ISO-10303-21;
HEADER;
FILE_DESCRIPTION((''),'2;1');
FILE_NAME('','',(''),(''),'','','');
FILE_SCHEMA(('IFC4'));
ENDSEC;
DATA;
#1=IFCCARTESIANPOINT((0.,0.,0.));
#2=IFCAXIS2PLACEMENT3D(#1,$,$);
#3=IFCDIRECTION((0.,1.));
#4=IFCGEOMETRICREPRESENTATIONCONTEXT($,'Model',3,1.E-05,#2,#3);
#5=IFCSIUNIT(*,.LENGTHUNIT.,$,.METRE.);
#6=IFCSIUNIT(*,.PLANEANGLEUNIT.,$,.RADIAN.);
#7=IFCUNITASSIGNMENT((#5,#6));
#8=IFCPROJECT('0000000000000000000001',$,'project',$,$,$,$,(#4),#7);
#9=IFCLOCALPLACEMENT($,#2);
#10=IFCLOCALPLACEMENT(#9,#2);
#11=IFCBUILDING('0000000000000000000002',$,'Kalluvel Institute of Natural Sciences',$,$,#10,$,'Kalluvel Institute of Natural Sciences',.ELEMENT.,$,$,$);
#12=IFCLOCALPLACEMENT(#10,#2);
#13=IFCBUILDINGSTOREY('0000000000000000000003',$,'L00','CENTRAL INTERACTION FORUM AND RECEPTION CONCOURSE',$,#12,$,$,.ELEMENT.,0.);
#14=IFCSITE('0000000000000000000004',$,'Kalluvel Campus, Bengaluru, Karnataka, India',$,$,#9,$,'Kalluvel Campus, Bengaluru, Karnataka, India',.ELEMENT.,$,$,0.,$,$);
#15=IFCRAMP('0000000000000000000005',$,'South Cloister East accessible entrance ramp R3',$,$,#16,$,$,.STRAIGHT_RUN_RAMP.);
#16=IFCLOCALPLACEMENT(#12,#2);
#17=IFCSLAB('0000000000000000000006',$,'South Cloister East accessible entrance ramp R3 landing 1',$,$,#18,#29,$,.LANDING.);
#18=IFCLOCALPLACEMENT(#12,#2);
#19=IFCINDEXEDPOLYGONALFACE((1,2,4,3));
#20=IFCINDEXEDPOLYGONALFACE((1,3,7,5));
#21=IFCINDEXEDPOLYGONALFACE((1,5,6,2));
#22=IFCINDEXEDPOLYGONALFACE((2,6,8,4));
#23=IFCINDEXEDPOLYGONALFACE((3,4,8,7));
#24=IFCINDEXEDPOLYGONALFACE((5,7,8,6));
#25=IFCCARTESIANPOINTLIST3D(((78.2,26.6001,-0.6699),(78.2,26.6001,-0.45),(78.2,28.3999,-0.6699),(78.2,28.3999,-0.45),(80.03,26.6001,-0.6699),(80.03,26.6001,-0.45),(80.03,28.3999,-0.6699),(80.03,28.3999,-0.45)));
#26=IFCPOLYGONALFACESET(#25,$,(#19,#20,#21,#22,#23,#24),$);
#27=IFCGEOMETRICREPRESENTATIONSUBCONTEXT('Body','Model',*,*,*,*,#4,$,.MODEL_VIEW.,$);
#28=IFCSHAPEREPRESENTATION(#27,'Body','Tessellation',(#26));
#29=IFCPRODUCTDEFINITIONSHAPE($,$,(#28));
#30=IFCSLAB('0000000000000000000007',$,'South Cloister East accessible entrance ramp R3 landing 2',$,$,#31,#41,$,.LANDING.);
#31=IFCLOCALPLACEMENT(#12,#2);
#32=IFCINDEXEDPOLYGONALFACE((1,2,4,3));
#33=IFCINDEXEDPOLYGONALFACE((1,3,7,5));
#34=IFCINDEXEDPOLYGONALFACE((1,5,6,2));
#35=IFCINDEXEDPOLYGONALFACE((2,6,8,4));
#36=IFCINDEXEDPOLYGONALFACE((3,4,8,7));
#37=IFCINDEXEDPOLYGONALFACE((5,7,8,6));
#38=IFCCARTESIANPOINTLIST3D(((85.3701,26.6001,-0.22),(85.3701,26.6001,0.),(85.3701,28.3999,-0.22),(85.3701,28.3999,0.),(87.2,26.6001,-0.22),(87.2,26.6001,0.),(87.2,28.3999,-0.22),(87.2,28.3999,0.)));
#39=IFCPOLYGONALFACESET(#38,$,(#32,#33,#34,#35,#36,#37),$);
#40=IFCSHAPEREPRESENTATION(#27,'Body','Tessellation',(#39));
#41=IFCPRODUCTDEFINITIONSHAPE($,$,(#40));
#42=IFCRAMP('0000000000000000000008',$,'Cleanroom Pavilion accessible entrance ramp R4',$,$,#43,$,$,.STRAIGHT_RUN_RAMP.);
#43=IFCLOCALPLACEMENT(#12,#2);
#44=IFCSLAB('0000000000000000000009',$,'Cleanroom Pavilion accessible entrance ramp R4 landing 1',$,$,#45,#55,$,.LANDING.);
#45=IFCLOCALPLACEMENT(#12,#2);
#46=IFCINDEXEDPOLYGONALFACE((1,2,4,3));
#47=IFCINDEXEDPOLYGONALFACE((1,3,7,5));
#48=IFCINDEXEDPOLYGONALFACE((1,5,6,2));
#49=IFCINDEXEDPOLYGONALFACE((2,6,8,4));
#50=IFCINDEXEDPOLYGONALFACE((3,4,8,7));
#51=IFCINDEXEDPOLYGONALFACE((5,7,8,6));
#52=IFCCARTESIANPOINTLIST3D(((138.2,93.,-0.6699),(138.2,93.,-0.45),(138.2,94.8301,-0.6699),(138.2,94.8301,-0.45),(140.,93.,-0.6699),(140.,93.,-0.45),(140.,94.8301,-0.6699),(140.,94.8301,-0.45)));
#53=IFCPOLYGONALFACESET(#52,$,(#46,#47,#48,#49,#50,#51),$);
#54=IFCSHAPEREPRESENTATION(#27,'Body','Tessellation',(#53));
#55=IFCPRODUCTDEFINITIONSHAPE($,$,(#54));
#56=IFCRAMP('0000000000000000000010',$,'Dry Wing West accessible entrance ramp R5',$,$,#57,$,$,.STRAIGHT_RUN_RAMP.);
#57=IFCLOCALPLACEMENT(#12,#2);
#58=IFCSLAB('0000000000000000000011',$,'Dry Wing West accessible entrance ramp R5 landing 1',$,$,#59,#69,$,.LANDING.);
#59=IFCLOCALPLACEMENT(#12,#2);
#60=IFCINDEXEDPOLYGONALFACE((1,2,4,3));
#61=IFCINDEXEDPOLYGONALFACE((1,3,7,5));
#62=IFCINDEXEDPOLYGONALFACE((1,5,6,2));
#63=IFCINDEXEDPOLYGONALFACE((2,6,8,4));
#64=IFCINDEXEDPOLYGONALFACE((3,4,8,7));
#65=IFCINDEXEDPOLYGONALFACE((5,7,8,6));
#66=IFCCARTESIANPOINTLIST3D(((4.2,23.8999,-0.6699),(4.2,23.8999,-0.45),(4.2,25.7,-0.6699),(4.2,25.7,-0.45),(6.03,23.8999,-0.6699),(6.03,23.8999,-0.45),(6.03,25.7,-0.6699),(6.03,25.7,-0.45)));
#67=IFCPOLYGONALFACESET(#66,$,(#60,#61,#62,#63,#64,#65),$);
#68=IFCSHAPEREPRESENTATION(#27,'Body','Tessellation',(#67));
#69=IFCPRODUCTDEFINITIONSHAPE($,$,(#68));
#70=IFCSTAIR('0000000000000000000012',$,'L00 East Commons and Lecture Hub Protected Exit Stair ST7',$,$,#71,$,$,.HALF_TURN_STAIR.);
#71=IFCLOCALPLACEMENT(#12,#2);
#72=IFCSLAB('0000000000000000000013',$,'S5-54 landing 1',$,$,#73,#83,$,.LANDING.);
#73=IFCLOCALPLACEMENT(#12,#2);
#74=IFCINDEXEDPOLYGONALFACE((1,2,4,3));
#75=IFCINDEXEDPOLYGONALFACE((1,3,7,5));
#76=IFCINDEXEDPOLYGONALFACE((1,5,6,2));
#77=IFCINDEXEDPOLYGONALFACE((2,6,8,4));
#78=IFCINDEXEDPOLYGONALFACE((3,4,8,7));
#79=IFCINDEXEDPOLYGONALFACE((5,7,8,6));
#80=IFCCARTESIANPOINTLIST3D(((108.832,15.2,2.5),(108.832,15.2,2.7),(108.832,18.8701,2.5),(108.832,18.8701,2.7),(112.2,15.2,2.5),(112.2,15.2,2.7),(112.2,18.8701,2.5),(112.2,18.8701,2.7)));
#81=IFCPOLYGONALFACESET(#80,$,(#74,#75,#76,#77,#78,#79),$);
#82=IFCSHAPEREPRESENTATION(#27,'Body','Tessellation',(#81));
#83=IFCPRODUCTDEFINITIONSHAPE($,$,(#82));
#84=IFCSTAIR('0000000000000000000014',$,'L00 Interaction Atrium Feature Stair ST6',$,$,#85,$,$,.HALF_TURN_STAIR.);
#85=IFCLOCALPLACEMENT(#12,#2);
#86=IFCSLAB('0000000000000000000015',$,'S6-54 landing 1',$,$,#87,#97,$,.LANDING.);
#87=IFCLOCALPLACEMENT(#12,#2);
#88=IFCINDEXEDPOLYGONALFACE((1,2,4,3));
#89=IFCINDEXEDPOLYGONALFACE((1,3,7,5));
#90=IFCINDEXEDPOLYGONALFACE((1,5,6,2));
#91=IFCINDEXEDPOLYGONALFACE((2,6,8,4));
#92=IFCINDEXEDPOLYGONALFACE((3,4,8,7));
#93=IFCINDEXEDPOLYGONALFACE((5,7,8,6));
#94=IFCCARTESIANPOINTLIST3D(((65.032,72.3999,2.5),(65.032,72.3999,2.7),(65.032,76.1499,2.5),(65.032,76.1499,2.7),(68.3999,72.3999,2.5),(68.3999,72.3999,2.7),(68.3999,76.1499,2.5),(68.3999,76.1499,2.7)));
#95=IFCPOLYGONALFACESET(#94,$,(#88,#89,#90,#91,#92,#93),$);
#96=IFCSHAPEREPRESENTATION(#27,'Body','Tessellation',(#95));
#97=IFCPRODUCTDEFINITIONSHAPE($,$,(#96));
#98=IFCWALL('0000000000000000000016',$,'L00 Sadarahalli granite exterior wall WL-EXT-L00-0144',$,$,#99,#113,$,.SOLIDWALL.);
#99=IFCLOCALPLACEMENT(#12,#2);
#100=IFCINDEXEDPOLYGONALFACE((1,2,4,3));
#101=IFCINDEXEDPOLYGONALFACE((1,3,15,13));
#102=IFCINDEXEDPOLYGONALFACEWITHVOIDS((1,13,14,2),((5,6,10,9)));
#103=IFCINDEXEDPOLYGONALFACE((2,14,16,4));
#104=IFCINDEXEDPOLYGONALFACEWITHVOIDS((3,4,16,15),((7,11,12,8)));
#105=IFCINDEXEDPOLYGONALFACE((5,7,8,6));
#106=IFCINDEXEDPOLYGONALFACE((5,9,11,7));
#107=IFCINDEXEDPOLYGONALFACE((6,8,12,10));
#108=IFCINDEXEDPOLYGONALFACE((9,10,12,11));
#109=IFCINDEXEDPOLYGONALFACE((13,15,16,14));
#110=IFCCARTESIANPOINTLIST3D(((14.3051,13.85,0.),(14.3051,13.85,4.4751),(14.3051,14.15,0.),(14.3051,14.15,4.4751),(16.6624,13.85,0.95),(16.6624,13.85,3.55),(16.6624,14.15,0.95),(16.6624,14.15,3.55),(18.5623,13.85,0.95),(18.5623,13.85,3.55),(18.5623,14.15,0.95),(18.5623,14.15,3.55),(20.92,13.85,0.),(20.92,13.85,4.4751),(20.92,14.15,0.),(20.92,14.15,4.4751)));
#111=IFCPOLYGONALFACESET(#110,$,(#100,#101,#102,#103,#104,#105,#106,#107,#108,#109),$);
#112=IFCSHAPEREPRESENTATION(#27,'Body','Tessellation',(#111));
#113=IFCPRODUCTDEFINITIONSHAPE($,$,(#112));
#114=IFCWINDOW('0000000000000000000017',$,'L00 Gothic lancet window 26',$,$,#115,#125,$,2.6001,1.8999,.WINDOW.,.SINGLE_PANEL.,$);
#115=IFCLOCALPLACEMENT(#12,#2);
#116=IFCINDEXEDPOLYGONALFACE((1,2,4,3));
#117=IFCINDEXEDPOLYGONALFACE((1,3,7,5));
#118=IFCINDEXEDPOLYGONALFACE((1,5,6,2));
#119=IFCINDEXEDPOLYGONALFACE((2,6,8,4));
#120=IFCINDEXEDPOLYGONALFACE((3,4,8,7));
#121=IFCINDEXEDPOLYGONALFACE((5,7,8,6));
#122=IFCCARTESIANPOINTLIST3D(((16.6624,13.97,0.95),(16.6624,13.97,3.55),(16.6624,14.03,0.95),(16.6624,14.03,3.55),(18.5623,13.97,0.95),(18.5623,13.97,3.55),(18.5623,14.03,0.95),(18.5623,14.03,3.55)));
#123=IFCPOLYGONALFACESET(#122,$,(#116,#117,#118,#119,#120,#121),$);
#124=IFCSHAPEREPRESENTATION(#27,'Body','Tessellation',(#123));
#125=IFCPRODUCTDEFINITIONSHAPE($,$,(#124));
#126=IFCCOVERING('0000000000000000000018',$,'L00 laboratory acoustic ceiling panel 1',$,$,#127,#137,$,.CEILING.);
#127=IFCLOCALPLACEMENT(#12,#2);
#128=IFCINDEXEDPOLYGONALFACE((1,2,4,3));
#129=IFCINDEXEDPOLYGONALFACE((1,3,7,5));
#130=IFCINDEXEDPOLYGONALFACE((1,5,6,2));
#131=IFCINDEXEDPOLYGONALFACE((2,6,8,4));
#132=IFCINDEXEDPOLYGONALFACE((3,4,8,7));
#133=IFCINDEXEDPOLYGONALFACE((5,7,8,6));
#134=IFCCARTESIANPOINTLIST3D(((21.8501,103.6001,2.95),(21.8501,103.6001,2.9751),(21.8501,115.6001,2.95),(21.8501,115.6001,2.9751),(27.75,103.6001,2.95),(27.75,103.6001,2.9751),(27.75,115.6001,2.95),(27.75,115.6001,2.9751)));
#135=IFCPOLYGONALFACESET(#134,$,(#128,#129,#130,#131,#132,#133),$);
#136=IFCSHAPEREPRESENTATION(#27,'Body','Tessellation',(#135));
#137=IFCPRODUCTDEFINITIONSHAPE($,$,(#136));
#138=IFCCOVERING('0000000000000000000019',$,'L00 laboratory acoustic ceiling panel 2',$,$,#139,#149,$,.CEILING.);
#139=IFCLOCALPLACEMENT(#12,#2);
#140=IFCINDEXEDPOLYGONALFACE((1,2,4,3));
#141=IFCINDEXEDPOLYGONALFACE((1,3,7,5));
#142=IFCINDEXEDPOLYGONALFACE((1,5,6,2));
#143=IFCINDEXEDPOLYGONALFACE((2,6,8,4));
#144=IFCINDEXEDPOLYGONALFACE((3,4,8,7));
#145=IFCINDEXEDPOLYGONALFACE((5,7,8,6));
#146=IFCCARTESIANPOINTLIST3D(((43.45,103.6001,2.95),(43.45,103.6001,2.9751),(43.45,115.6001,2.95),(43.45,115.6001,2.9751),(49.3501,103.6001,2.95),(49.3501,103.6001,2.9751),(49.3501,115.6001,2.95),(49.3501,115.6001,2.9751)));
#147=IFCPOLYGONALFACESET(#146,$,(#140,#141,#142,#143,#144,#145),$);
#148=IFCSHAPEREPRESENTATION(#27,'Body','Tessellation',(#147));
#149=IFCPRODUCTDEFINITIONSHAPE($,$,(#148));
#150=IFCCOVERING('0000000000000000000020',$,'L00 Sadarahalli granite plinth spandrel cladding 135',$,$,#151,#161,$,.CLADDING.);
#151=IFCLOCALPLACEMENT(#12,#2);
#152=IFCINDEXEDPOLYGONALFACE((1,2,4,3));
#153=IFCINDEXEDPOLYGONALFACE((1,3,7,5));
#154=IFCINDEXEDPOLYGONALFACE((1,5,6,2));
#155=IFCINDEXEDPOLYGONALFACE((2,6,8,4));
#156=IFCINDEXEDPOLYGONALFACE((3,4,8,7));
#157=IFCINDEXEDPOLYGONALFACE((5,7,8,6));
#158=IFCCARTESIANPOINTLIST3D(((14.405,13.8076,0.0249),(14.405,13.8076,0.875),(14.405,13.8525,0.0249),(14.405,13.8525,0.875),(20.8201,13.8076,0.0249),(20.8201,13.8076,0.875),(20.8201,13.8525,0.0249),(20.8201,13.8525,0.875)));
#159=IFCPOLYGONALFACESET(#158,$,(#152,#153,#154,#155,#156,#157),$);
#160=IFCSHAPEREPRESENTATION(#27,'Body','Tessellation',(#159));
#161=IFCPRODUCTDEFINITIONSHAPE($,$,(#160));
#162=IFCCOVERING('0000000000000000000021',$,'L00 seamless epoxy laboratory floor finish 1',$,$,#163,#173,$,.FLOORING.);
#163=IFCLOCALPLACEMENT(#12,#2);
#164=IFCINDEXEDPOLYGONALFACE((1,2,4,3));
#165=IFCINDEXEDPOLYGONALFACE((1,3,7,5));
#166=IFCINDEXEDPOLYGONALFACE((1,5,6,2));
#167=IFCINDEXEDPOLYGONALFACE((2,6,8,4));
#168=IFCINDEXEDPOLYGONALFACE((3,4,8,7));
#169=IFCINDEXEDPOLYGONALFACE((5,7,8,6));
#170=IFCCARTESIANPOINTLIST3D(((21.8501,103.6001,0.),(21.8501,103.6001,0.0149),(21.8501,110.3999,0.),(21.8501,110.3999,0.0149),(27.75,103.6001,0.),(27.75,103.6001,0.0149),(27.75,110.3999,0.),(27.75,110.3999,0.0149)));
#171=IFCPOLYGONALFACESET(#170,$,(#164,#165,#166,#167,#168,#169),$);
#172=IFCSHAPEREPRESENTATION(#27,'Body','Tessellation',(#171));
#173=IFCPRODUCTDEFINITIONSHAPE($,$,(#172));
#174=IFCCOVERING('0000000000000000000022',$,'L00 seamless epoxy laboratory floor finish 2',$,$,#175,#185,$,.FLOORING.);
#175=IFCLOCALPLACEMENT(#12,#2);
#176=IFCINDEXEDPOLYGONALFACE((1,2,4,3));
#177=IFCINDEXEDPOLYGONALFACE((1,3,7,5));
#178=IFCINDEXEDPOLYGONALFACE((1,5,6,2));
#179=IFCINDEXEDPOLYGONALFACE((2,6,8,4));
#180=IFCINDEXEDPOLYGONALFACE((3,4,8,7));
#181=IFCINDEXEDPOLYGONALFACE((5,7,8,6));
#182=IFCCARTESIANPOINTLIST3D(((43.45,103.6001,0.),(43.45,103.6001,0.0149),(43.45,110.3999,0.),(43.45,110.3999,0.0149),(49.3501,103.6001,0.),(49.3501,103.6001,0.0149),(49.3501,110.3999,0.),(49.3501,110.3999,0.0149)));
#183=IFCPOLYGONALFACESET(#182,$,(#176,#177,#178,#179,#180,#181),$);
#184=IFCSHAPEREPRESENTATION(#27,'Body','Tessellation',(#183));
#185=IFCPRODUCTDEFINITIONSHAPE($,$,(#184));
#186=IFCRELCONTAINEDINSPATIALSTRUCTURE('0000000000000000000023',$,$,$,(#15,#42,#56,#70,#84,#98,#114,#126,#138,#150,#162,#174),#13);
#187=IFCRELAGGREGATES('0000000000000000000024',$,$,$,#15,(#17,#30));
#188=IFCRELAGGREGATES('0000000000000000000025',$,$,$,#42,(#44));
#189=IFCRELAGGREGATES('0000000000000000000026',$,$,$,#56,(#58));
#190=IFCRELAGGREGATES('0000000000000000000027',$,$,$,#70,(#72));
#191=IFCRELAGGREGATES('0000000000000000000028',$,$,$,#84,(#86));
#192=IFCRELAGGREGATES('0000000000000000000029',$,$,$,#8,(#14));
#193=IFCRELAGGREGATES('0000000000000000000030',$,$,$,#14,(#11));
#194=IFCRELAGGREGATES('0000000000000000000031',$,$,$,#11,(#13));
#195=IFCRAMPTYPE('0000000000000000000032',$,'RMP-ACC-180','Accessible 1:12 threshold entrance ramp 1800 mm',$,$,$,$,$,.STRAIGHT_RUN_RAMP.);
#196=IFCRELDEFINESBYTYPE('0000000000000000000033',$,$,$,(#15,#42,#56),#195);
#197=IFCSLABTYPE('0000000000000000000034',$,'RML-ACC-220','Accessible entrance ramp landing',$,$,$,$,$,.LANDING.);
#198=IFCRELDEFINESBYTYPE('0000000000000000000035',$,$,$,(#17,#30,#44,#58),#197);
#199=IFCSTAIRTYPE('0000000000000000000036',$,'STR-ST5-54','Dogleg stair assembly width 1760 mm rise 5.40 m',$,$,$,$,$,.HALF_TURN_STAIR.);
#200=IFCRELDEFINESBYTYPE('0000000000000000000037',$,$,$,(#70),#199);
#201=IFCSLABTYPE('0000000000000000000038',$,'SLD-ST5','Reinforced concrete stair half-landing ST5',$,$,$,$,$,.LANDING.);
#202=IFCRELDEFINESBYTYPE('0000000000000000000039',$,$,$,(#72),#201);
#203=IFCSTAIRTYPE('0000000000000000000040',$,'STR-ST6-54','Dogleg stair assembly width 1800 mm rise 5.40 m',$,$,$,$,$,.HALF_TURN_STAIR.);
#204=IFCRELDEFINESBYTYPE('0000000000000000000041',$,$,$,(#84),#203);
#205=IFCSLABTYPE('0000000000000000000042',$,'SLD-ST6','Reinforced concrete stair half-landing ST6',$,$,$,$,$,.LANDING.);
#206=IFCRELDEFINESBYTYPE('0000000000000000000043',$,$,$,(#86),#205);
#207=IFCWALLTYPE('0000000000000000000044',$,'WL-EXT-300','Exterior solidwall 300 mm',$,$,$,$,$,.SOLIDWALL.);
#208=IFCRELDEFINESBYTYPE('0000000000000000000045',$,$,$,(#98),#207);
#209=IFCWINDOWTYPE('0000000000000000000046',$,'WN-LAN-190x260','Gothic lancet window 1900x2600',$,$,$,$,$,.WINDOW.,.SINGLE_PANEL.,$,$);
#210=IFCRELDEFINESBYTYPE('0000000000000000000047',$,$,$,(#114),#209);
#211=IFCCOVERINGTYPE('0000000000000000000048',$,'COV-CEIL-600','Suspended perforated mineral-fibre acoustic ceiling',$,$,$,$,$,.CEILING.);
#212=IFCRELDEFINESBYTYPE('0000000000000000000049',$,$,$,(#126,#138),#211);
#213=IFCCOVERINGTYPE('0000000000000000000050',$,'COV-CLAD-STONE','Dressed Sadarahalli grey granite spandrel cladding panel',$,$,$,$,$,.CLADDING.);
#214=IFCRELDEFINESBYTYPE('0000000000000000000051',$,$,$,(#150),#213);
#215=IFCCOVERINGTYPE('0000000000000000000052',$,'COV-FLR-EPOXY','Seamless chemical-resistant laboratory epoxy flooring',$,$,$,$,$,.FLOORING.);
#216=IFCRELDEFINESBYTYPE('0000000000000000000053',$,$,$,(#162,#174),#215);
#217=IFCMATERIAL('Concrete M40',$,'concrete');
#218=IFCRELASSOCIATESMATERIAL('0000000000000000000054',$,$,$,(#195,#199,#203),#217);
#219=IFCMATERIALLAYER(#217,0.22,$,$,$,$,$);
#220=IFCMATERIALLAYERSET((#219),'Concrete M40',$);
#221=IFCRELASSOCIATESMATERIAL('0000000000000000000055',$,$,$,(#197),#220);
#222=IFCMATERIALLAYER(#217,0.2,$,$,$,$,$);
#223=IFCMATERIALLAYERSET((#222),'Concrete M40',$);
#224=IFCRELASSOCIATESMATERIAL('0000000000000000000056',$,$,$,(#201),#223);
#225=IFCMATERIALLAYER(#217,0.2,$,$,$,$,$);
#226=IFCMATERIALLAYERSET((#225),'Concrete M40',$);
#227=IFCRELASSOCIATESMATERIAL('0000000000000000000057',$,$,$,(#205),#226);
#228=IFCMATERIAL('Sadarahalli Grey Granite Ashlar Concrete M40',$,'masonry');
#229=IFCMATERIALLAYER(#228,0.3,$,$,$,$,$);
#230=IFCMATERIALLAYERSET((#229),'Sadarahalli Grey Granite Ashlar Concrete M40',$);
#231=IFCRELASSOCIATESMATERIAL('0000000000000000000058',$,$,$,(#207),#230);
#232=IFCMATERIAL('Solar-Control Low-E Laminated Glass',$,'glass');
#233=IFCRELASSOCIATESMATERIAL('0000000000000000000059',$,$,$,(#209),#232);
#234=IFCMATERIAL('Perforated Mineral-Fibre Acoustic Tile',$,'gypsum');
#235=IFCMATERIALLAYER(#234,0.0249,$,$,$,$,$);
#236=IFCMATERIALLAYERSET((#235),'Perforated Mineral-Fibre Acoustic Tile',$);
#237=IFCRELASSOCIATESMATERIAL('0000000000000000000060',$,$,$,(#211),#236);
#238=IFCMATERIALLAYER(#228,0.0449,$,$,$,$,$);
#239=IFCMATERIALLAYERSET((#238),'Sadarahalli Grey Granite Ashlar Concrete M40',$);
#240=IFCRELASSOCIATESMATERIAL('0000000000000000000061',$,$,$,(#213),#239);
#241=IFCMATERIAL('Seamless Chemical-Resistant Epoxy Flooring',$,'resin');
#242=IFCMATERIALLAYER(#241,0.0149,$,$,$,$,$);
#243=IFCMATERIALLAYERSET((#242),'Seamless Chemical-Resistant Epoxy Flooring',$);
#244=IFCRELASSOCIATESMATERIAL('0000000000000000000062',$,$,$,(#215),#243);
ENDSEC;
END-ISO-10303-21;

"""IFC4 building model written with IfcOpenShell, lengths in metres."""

from ifc_helpers import new_model, si_unit, direction, frame, frame_2d, origin, origin_2d, place, context, subcontext, project, spatial, polyline, rectangle, outline, extrude, material, layer, layer_set, type_object, element, fill, aggregate, save


model = new_model("IFC4")

# Units and contexts
model_context = context("Model", 3, precision=1e-05, world=origin(), true_north=direction((0.0, 1.0)))
body_context = subcontext(model_context, "Body", "Model", "MODEL_VIEW")
ifc_project = project(units=[si_unit("LENGTHUNIT", "METRE"), si_unit("PLANEANGLEUNIT", "RADIAN")], contexts=[model_context])

# Site, building, storey
site_placement = place(None, origin())
site = spatial("IfcSite", under=ifc_project, at=site_placement, Name="Kalluvel Campus, Bengaluru, Karnataka, India", LongName="Kalluvel Campus, Bengaluru, Karnataka, India", CompositionType="ELEMENT", RefElevation=0.0)
building_placement = place(site_placement, origin())
building = spatial("IfcBuilding", under=site, at=building_placement, Name="Kalluvel Institute of Natural Sciences", LongName="Kalluvel Institute of Natural Sciences", CompositionType="ELEMENT")
storey_placement = place(building_placement, origin())
storey = spatial("IfcBuildingStorey", under=building, at=storey_placement, Name="L00", Description="CENTRAL INTERACTION FORUM AND RECEPTION CONCOURSE", CompositionType="ELEMENT", Elevation=0.0)

# Shared definitions
ifc_material_1 = material(Name="Concrete M40", Category="concrete")

# Shared definitions
ifc_material_2 = material(Name="Solar-Control Low-E Laminated Glass", Category="glass")

# Ramp, slabs
ramp_type = type_object("IfcRampType", Name="RMP-ACC-180", Description="Accessible 1:12 threshold entrance ramp 1800 mm", PredefinedType="STRAIGHT_RUN_RAMP", material=ifc_material_1)
ifc_layer_1 = layer(ifc_material_1, 0.22)
ifc_layer_set_1 = layer_set([ifc_layer_1], Name="Concrete M40")
slab_type_1 = type_object("IfcSlabType", Name="RML-ACC-220", Description="Accessible entrance ramp landing", PredefinedType="LANDING", material=ifc_layer_set_1)
ramp_1_placement = place(storey_placement, origin())
ramp_1 = element("IfcRamp", 1, at=ramp_1_placement, inside=storey, type_object=ramp_type, Name="South Cloister East accessible entrance ramp R3", PredefinedType="STRAIGHT_RUN_RAMP")
slab_1_placement = place(storey_placement, frame((0.0, 0.0, -0.6699)))
slab_1 = element("IfcSlab", 2, at=slab_1_placement, type_object=slab_type_1, Name="South Cloister East accessible entrance ramp R3 landing 1", PredefinedType="LANDING", context=body_context, shape_type="SweptSolid", body=[
    extrude(outline(polyline([(78.2, 26.6001), (80.03, 26.6001), (80.03, 28.3999), (78.2, 28.3999), (78.2, 26.6001)])), origin(), (0.0, 0.0, 1.0), 0.22),
])
slab_2_placement = place(storey_placement, frame((0.0, 0.0, -0.22)))
slab_2 = element("IfcSlab", 3, at=slab_2_placement, type_object=slab_type_1, Name="South Cloister East accessible entrance ramp R3 landing 2", PredefinedType="LANDING", context=body_context, shape_type="SweptSolid", body=[
    extrude(outline(polyline([(85.3701, 26.6001), (87.2, 26.6001), (87.2, 28.3999), (85.3701, 28.3999), (85.3701, 26.6001)])), origin(), (0.0, 0.0, 1.0), 0.22),
])
aggregate(ramp_1, [slab_1, slab_2])

# Ramps, slabs
ramp_2_placement = place(storey_placement, origin())
ramp_2 = element("IfcRamp", 4, at=ramp_2_placement, inside=storey, type_object=ramp_type, Name="Cleanroom Pavilion accessible entrance ramp R4", PredefinedType="STRAIGHT_RUN_RAMP")
slab_3_placement = place(storey_placement, frame((0.0, 0.0, -0.6699)))
slab_3 = element("IfcSlab", 5, at=slab_3_placement, type_object=slab_type_1, Name="Cleanroom Pavilion accessible entrance ramp R4 landing 1", PredefinedType="LANDING", context=body_context, shape_type="SweptSolid", body=[
    extrude(outline(polyline([(138.2, 93.0), (140.0, 93.0), (140.0, 94.8301), (138.2, 94.8301), (138.2, 93.0)])), origin(), (0.0, 0.0, 1.0), 0.22),
])
aggregate(ramp_2, [slab_3])
ramp_3_placement = place(storey_placement, origin())
ramp_3 = element("IfcRamp", 6, at=ramp_3_placement, inside=storey, type_object=ramp_type, Name="Dry Wing West accessible entrance ramp R5", PredefinedType="STRAIGHT_RUN_RAMP")
slab_4_placement = place(storey_placement, frame((0.0, 0.0, -0.6699)))
slab_4 = element("IfcSlab", 7, at=slab_4_placement, type_object=slab_type_1, Name="Dry Wing West accessible entrance ramp R5 landing 1", PredefinedType="LANDING", context=body_context, shape_type="SweptSolid", body=[
    extrude(outline(polyline([(4.2, 23.8999), (6.03, 23.8999), (6.03, 25.7), (4.2, 25.7), (4.2, 23.8999)])), origin(), (0.0, 0.0, 1.0), 0.22),
])
aggregate(ramp_3, [slab_4])

# Stairs, slabs
stair_type_1 = type_object("IfcStairType", Name="STR-ST5-54", Description="Dogleg stair assembly width 1760 mm rise 5.40 m", PredefinedType="HALF_TURN_STAIR", material=ifc_material_1)
stair_1_placement = place(storey_placement, origin())
stair_1 = element("IfcStair", 8, at=stair_1_placement, inside=storey, type_object=stair_type_1, Name="L00 East Commons and Lecture Hub Protected Exit Stair ST7", PredefinedType="HALF_TURN_STAIR")
ifc_layer_2 = layer(ifc_material_1, 0.2)
ifc_layer_set_2 = layer_set([ifc_layer_2], Name="Concrete M40")
slab_type_2 = type_object("IfcSlabType", Name="SLD-ST5", Description="Reinforced concrete stair half-landing ST5", PredefinedType="LANDING", material=ifc_layer_set_2)
slab_5_placement = place(storey_placement, frame((0.0, 0.0, 2.5)))
slab_5 = element("IfcSlab", 9, at=slab_5_placement, type_object=slab_type_2, Name="S5-54 landing 1", PredefinedType="LANDING", context=body_context, shape_type="SweptSolid", body=[
    extrude(outline(polyline([(108.832, 15.2), (112.2, 15.2), (112.2, 18.8701), (108.832, 18.8701), (108.832, 15.2)])), origin(), (0.0, 0.0, 1.0), 0.2),
])
aggregate(stair_1, [slab_5])
stair_type_2 = type_object("IfcStairType", Name="STR-ST6-54", Description="Dogleg stair assembly width 1800 mm rise 5.40 m", PredefinedType="HALF_TURN_STAIR", material=ifc_material_1)
stair_2_placement = place(storey_placement, origin())
stair_2 = element("IfcStair", 10, at=stair_2_placement, inside=storey, type_object=stair_type_2, Name="L00 Interaction Atrium Feature Stair ST6", PredefinedType="HALF_TURN_STAIR")
ifc_layer_3 = layer(ifc_material_1, 0.2)
ifc_layer_set_3 = layer_set([ifc_layer_3], Name="Concrete M40")
slab_type_3 = type_object("IfcSlabType", Name="SLD-ST6", Description="Reinforced concrete stair half-landing ST6", PredefinedType="LANDING", material=ifc_layer_set_3)
slab_6_placement = place(storey_placement, frame((0.0, 0.0, 2.5)))
slab_6 = element("IfcSlab", 11, at=slab_6_placement, type_object=slab_type_3, Name="S6-54 landing 1", PredefinedType="LANDING", context=body_context, shape_type="SweptSolid", body=[
    extrude(outline(polyline([(65.032, 72.3999), (68.3999, 72.3999), (68.3999, 76.1499), (65.032, 76.1499), (65.032, 72.3999)])), origin(), (0.0, 0.0, 1.0), 0.2),
])
aggregate(stair_2, [slab_6])

# Wall, opening, window
ifc_material_3 = material(Name="Sadarahalli Grey Granite Ashlar Concrete M40", Category="masonry")
ifc_layer_4 = layer(ifc_material_3, 0.3)
ifc_layer_set_4 = layer_set([ifc_layer_4], Name="Sadarahalli Grey Granite Ashlar Concrete M40")
wall_type = type_object("IfcWallType", Name="WL-EXT-300", Description="Exterior solidwall 300 mm", PredefinedType="SOLIDWALL", material=ifc_layer_set_4)
wall_placement = place(storey_placement, frame((14.3049, 14.0, 0.0), z_axis=(0.0, 0.0, 1.0), x_axis=(1.0, 0.0, 0.0)))
wall = element("IfcWall", 12, at=wall_placement, inside=storey, type_object=wall_type, Name="L00 Sadarahalli granite exterior wall WL-EXT-L00-0144", PredefinedType="SOLIDWALL", context=body_context, shape_type="SweptSolid", body=[
    extrude(rectangle(XDim=6.615, YDim=0.3, at=frame_2d((3.3076, 0.0))), origin(), (0.0, 0.0, 1.0), 4.4751),
])
opening_placement = place(wall_placement, frame((2.3574, 0.0, 0.95)))
opening = element("IfcOpeningElement", 13, at=opening_placement, cuts=wall, PredefinedType="OPENING", context=body_context, shape_type="SweptSolid", body=[
    extrude(rectangle(XDim=1.8999, YDim=2.6001, at=frame_2d((0.95, 1.3))), frame((0.0, 0.1599, 0.0), z_axis=(0.0, -1.0, 0.0), x_axis=(1.0, 0.0, 0.0)), (0.0, 0.0, 1.0), 0.3201),
])
window_type = type_object("IfcWindowType", Name="WN-LAN-190x260", Description="Gothic lancet window 1900x2600", PartitioningType="SINGLE_PANEL", PredefinedType="WINDOW", material=ifc_material_2)
window_placement = place(opening_placement, origin())
window = element("IfcWindow", 14, at=window_placement, inside=storey, type_object=window_type, Name="L00 Gothic lancet window 26", OverallHeight=2.6001, OverallWidth=1.8999, PartitioningType="SINGLE_PANEL", PredefinedType="WINDOW", context=body_context, shape_type="SweptSolid", body=[
    extrude(rectangle(XDim=1.8999, YDim=2.6001, at=frame_2d((0.95, 1.3))), frame((0.0, 0.03, 0.0), z_axis=(0.0, -1.0, 0.0), x_axis=(1.0, 0.0, 0.0)), (0.0, 0.0, 1.0), 0.0601),
])
fill(opening, window)

# Coverings
ifc_material_4 = material(Name="Perforated Mineral-Fibre Acoustic Tile", Category="gypsum")
ifc_layer_5 = layer(ifc_material_4, 0.0249)
ifc_layer_set_5 = layer_set([ifc_layer_5], Name="Perforated Mineral-Fibre Acoustic Tile")
covering_type_1 = type_object("IfcCoveringType", Name="COV-CEIL-600", Description="Suspended perforated mineral-fibre acoustic ceiling", PredefinedType="CEILING", material=ifc_layer_set_5)
covering_1_placement = place(storey_placement, frame((0.0, 0.0, 2.95)))
element("IfcCovering", 15, at=covering_1_placement, inside=storey, type_object=covering_type_1, Name="L00 laboratory acoustic ceiling panel 1", PredefinedType="CEILING", context=body_context, shape_type="SweptSolid", body=[
    extrude(outline(polyline([(21.8501, 103.6001), (27.75, 103.6001), (27.75, 115.6001), (21.8501, 115.6001), (21.8501, 103.6001)])), origin(), (0.0, 0.0, 1.0), 0.0251),
])
covering_2_placement = place(storey_placement, frame((0.0, 0.0, 2.95)))
element("IfcCovering", 16, at=covering_2_placement, inside=storey, type_object=covering_type_1, Name="L00 laboratory acoustic ceiling panel 2", PredefinedType="CEILING", context=body_context, shape_type="SweptSolid", body=[
    extrude(outline(polyline([(43.45, 103.6001), (49.3501, 103.6001), (49.3501, 115.6001), (43.45, 115.6001), (43.45, 103.6001)])), origin(), (0.0, 0.0, 1.0), 0.0251),
])
ifc_layer_6 = layer(ifc_material_3, 0.0449)
ifc_layer_set_6 = layer_set([ifc_layer_6], Name="Sadarahalli Grey Granite Ashlar Concrete M40")
covering_type_2 = type_object("IfcCoveringType", Name="COV-CLAD-STONE", Description="Dressed Sadarahalli grey granite spandrel cladding panel", PredefinedType="CLADDING", material=ifc_layer_set_6)
covering_3_placement = place(storey_placement, frame((17.6125, 13.8301, 0.0249), z_axis=(0.0, 0.0, 1.0), x_axis=(1.0, 0.0, 0.0)))
element("IfcCovering", 17, at=covering_3_placement, inside=storey, type_object=covering_type_2, Name="L00 Sadarahalli granite plinth spandrel cladding 135", PredefinedType="CLADDING", context=body_context, shape_type="SweptSolid", body=[
    extrude(rectangle(XDim=6.415, YDim=0.0449, at=origin_2d()), origin(), (0.0, 0.0, 1.0), 0.8501),
])
ifc_material_5 = material(Name="Seamless Chemical-Resistant Epoxy Flooring", Category="resin")
ifc_layer_7 = layer(ifc_material_5, 0.0149)
ifc_layer_set_7 = layer_set([ifc_layer_7], Name="Seamless Chemical-Resistant Epoxy Flooring")
covering_type_3 = type_object("IfcCoveringType", Name="COV-FLR-EPOXY", Description="Seamless chemical-resistant laboratory epoxy flooring", PredefinedType="FLOORING", material=ifc_layer_set_7)
covering_4_placement = place(storey_placement, origin())
element("IfcCovering", 18, at=covering_4_placement, inside=storey, type_object=covering_type_3, Name="L00 seamless epoxy laboratory floor finish 1", PredefinedType="FLOORING", context=body_context, shape_type="SweptSolid", body=[
    extrude(outline(polyline([(21.8501, 103.6001), (27.75, 103.6001), (27.75, 110.3999), (21.8501, 110.3999), (21.8501, 103.6001)])), origin(), (0.0, 0.0, 1.0), 0.0149),
])
covering_5_placement = place(storey_placement, origin())
element("IfcCovering", 19, at=covering_5_placement, inside=storey, type_object=covering_type_3, Name="L00 seamless epoxy laboratory floor finish 2", PredefinedType="FLOORING", context=body_context, shape_type="SweptSolid", body=[
    extrude(outline(polyline([(43.45, 103.6001), (49.3501, 103.6001), (49.3501, 110.3999), (43.45, 110.3999), (43.45, 103.6001)])), origin(), (0.0, 0.0, 1.0), 0.0149),
])

save(model, "model.ifc")
